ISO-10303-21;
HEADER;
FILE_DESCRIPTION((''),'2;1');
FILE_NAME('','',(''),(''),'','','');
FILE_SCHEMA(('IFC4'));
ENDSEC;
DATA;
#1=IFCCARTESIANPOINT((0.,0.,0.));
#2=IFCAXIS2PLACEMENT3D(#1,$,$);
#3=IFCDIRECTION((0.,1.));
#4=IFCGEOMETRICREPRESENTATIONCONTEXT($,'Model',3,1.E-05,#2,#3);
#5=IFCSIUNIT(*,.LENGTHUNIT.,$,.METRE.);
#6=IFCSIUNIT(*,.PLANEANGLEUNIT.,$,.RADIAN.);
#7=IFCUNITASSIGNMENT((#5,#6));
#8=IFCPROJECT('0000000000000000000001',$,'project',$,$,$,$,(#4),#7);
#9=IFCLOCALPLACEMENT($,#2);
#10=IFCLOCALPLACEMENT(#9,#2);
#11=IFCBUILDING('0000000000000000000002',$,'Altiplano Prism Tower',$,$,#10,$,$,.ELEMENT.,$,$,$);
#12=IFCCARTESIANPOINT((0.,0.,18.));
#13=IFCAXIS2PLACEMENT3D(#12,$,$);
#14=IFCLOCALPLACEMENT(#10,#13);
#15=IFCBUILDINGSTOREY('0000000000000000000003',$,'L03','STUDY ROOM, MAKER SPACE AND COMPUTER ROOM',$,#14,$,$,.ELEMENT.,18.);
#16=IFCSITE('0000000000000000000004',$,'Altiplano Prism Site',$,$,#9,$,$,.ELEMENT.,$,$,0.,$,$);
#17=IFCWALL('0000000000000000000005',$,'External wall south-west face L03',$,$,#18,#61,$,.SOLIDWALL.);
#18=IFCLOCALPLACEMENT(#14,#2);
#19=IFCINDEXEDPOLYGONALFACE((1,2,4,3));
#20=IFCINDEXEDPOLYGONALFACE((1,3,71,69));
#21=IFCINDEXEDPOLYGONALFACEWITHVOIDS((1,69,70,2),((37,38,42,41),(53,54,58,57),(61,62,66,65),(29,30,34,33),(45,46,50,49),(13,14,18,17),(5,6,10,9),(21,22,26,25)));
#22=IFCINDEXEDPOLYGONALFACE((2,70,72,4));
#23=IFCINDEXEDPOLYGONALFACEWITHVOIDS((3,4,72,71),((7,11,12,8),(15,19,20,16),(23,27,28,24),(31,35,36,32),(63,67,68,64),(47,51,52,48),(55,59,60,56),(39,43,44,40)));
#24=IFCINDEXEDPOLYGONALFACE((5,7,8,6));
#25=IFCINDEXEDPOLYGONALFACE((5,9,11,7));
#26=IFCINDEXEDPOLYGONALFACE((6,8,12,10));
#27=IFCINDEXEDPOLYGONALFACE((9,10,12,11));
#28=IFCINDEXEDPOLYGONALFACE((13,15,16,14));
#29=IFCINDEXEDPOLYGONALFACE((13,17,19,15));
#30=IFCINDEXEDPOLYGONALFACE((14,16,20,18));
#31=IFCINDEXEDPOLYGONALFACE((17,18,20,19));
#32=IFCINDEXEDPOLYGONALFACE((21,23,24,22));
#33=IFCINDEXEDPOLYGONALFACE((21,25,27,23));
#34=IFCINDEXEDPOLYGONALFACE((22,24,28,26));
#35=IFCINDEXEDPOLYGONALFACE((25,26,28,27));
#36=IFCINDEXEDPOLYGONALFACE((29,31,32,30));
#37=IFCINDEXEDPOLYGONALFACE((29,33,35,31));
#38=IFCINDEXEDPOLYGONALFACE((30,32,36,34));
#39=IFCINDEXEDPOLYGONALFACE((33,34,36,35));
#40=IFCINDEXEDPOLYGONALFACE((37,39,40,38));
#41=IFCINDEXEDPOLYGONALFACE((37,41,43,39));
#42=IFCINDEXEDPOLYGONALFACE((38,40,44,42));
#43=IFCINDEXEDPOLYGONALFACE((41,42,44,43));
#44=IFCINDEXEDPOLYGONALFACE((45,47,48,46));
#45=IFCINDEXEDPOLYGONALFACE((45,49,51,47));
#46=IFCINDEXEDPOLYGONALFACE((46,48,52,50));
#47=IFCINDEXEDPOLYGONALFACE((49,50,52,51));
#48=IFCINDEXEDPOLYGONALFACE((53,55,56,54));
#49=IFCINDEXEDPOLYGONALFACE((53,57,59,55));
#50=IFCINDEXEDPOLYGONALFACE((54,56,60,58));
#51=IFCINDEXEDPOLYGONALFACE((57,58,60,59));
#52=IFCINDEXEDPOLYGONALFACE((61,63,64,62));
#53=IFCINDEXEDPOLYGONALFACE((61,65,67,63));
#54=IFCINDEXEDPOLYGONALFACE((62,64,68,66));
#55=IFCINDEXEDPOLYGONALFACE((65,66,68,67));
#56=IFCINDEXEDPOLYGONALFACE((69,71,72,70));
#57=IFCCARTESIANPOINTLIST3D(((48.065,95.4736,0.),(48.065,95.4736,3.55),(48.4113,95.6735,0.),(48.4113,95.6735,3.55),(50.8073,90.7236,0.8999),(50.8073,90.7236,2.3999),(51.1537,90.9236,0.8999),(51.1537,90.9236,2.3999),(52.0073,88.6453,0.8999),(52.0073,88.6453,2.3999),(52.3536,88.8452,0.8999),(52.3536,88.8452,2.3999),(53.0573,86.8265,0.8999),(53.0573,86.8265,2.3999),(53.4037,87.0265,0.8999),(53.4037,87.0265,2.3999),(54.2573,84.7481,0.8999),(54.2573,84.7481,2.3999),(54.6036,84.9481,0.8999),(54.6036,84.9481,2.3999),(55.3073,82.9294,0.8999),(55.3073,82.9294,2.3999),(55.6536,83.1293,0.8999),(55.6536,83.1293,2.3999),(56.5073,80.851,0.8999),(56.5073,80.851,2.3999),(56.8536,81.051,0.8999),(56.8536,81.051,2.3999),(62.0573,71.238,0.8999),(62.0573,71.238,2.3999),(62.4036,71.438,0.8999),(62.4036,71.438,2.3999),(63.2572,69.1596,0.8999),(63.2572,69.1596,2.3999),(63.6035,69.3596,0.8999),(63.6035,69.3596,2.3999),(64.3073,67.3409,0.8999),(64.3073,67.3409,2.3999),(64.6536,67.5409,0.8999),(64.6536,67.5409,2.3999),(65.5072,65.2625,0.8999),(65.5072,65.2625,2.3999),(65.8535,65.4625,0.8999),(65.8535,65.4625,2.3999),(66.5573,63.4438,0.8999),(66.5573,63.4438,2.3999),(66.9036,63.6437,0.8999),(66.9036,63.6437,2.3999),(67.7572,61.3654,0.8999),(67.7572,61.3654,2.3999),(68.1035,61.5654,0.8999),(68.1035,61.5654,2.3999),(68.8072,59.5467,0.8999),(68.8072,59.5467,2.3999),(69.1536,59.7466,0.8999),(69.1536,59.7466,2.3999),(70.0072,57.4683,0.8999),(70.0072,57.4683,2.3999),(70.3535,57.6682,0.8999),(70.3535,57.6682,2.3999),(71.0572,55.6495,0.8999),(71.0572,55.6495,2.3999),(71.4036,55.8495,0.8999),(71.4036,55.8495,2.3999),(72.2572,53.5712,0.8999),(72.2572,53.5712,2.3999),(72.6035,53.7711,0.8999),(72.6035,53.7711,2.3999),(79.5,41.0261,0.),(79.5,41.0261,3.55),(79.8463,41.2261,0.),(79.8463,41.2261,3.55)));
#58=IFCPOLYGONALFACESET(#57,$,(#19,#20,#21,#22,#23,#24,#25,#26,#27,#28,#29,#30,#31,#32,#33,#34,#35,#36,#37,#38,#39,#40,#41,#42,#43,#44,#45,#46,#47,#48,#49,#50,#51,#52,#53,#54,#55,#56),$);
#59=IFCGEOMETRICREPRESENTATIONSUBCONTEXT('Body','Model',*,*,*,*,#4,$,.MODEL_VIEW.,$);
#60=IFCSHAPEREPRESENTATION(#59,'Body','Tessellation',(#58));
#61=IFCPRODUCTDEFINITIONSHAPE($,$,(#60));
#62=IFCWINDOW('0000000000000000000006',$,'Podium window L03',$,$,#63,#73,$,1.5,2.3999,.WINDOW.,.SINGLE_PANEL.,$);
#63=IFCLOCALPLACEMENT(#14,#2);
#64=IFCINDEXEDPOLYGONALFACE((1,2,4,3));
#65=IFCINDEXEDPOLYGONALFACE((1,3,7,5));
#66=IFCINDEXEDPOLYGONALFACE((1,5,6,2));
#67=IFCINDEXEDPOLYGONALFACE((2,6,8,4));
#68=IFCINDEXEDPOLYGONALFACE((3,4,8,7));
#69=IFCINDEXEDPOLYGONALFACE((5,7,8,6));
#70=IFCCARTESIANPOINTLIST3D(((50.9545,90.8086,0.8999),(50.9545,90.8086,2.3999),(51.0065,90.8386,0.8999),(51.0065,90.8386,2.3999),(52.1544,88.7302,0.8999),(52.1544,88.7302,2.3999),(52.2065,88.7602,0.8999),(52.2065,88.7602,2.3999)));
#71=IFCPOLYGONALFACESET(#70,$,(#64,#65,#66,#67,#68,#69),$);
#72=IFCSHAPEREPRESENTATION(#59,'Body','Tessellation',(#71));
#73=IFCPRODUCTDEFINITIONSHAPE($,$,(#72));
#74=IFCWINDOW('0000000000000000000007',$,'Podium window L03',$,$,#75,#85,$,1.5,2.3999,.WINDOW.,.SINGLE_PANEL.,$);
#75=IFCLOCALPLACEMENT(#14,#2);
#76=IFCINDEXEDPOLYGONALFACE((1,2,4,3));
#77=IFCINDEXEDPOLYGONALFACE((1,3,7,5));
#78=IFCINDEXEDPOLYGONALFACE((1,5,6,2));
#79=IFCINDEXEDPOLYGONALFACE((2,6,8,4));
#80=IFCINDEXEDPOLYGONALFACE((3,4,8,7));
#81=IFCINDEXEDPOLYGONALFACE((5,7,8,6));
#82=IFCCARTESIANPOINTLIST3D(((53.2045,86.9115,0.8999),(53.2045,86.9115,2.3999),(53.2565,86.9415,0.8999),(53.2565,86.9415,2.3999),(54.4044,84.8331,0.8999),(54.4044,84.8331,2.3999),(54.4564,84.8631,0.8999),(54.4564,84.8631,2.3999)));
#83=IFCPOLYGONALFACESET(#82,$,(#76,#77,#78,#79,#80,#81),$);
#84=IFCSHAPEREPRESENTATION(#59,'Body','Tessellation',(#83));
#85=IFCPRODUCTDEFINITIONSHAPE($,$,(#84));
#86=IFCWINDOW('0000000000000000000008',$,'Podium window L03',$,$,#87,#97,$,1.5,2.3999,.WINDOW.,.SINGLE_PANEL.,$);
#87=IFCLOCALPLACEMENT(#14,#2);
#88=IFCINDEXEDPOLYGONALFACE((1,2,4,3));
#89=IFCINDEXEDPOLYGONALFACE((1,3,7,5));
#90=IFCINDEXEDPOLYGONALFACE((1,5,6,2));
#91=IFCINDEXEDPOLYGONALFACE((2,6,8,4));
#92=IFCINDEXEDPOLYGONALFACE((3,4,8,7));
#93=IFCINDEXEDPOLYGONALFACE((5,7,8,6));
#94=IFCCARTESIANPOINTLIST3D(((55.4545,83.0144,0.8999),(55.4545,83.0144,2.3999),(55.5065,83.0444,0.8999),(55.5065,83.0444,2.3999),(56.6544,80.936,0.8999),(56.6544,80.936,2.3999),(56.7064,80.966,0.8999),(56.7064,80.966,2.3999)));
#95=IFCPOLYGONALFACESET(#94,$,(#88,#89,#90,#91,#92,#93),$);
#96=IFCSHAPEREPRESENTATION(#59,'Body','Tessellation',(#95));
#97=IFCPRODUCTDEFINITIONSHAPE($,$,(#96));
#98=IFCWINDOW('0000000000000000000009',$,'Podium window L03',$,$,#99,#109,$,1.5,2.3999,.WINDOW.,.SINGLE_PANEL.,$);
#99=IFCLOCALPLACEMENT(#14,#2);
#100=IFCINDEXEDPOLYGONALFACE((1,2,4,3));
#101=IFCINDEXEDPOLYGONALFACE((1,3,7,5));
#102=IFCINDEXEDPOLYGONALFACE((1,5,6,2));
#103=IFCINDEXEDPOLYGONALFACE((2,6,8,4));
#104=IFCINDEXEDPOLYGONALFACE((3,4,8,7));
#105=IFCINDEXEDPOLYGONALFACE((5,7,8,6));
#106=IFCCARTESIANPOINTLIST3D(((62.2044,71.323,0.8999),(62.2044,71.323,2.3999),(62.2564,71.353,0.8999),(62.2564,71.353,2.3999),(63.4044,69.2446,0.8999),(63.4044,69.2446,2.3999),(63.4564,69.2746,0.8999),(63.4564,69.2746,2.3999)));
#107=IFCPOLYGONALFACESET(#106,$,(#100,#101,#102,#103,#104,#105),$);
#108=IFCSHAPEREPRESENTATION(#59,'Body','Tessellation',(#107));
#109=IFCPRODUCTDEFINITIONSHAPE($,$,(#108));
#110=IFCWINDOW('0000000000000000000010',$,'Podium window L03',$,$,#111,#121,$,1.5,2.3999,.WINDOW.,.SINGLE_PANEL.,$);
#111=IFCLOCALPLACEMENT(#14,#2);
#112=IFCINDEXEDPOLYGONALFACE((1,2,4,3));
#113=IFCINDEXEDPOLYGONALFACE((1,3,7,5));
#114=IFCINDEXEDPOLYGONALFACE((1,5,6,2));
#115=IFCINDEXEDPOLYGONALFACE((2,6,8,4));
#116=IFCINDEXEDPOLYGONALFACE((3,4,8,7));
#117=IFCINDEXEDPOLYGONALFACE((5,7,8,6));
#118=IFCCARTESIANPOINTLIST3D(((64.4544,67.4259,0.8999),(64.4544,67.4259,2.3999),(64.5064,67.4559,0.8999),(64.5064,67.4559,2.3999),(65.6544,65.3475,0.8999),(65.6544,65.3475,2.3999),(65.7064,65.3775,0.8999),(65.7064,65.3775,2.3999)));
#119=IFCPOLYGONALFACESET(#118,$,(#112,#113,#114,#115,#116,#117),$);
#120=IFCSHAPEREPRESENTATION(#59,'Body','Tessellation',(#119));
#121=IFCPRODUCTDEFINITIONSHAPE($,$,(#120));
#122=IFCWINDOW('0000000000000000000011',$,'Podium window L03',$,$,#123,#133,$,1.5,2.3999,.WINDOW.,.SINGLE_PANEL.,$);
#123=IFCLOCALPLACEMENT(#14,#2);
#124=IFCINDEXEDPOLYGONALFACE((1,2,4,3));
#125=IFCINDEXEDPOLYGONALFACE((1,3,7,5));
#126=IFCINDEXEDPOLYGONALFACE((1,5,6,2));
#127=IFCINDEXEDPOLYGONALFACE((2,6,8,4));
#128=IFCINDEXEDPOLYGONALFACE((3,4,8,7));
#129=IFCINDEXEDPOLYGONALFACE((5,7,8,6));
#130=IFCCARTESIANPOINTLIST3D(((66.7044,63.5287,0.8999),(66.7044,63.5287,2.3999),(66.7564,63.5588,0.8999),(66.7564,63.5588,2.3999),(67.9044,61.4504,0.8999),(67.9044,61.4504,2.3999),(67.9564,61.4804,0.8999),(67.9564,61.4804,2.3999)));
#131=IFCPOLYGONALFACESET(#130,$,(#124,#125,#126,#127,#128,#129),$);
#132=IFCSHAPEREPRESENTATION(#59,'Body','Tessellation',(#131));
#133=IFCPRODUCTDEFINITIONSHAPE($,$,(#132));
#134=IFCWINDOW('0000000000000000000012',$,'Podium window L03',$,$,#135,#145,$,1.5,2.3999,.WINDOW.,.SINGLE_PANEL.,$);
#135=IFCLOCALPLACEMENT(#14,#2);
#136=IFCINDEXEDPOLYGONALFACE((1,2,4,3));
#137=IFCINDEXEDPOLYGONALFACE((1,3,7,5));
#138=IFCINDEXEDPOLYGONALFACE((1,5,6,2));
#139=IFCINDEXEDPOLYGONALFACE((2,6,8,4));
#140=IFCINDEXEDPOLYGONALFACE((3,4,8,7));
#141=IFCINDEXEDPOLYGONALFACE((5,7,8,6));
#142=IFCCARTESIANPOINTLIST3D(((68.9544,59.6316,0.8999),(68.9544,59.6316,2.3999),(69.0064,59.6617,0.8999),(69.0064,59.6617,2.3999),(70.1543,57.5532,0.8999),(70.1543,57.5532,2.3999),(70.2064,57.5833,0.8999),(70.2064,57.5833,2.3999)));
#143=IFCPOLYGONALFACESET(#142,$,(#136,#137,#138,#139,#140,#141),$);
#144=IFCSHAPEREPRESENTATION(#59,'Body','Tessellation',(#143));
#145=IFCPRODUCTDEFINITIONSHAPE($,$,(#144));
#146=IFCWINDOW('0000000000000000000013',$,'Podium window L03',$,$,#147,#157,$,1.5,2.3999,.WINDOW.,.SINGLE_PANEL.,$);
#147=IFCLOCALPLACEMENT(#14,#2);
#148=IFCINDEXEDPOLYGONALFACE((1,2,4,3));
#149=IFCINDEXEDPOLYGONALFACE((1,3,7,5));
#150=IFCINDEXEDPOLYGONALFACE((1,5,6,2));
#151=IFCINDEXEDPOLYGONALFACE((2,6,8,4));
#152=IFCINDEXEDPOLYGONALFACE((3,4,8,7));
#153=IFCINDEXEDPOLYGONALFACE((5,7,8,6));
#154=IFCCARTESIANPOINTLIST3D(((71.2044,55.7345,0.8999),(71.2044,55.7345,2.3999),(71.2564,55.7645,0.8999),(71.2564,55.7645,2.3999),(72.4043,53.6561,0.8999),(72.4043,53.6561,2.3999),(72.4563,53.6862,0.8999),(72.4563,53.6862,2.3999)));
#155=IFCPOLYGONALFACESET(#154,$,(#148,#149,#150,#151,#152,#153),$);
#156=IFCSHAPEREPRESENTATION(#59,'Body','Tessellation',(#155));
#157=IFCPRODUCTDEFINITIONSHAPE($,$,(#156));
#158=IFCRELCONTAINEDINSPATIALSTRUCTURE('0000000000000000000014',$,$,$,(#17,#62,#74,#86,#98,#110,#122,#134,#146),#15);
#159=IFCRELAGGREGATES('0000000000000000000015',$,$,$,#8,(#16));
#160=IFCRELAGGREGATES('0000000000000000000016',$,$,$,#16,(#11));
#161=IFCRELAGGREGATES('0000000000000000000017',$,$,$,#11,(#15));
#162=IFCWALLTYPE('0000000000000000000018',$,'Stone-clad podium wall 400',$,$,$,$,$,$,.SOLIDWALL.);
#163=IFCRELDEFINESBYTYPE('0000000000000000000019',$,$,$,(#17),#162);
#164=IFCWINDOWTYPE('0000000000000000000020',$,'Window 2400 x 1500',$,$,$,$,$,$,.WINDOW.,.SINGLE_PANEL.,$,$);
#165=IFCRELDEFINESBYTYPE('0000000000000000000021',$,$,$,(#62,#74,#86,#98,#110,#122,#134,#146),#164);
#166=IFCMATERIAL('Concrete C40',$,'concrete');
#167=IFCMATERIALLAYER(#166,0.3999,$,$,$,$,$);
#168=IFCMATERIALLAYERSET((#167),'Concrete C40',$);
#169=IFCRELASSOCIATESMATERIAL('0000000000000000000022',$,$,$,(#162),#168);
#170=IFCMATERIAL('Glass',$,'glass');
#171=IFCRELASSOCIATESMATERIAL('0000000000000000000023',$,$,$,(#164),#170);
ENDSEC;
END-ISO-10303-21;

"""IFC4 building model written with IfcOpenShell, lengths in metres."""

from ifc_helpers import new_model, si_unit, direction, frame, frame_2d, origin, place, context, subcontext, project, spatial, rectangle, extrude, material, layer, layer_set, type_object, element, fill, save


model = new_model("IFC4")

# Units and contexts
model_context = context("Model", 3, precision=1e-05, world=origin(), true_north=direction((0.0, 1.0)))
body_context = subcontext(model_context, "Body", "Model", "MODEL_VIEW")
ifc_project = project(units=[si_unit("LENGTHUNIT", "METRE"), si_unit("PLANEANGLEUNIT", "RADIAN")], contexts=[model_context])

# Site, building, storey
site_placement = place(None, origin())
site = spatial("IfcSite", under=ifc_project, at=site_placement, Name="Altiplano Prism Site", CompositionType="ELEMENT", RefElevation=0.0)
building_placement = place(site_placement, origin())
building = spatial("IfcBuilding", under=site, at=building_placement, Name="Altiplano Prism Tower", CompositionType="ELEMENT")
storey_placement = place(building_placement, frame((0.0, 0.0, 18.0)))
storey = spatial("IfcBuildingStorey", under=building, at=storey_placement, Name="L03", Description="STUDY ROOM, MAKER SPACE AND COMPUTER ROOM", CompositionType="ELEMENT", Elevation=18.0)

# Wall, openings, windows
ifc_material_1 = material(Name="Concrete C40", Category="concrete")
ifc_layer_1 = layer(ifc_material_1, 0.3999)
ifc_layer_set_1 = layer_set([ifc_layer_1], Name="Concrete C40")
wall_type_1 = type_object("IfcWallType", Name="Stone-clad podium wall 400", PredefinedType="SOLIDWALL", material=ifc_layer_set_1)
wall_1_placement = place(storey_placement, frame((79.6731, 41.1262, 0.0), z_axis=(0.0, 0.0, 1.0), x_axis=(-0.499997, 0.866027, 0.0)))
wall_1 = element("IfcWall", 1, at=wall_1_placement, inside=storey, type_object=wall_type_1, Name="External wall south-west face L03", PredefinedType="SOLIDWALL", context=body_context, shape_type="SweptSolid", body=[
    extrude(rectangle(XDim=62.8704, YDim=0.3999, at=frame_2d((31.4351, 0.0))), origin(), (0.0, 0.0, 1.0), 3.55),
])
opening_1_placement = place(wall_1_placement, frame((54.9856, 0.0, 0.8999)))
opening_1 = element("IfcOpeningElement", 2, at=opening_1_placement, cuts=wall_1, PredefinedType="OPENING", context=body_context, shape_type="SweptSolid", body=[
    extrude(rectangle(XDim=2.3999, YDim=1.5, at=frame_2d((1.2, 0.75))), frame((0.0, 0.2104, 0.0), z_axis=(0.0, -1.0, 0.0), x_axis=(1.0, 0.0, 0.0)), (0.0, 0.0, 1.0), 0.4209),
])
opening_2_placement = place(wall_1_placement, frame((50.4856, 0.0, 0.8999)))
opening_2 = element("IfcOpeningElement", 3, at=opening_2_placement, cuts=wall_1, PredefinedType="OPENING", context=body_context, shape_type="SweptSolid", body=[
    extrude(rectangle(XDim=2.3999, YDim=1.5, at=frame_2d((1.2, 0.75))), frame((0.0, 0.2104, 0.0), z_axis=(0.0, -1.0, 0.0), x_axis=(1.0, 0.0, 0.0)), (0.0, 0.0, 1.0), 0.4209),
])
opening_3_placement = place(wall_1_placement, frame((45.9856, 0.0, 0.8999)))
opening_3 = element("IfcOpeningElement", 4, at=opening_3_placement, cuts=wall_1, PredefinedType="OPENING", context=body_context, shape_type="SweptSolid", body=[
    extrude(rectangle(XDim=2.3999, YDim=1.5, at=frame_2d((1.2, 0.75))), frame((0.0, 0.2104, 0.0), z_axis=(0.0, -1.0, 0.0), x_axis=(1.0, 0.0, 0.0)), (0.0, 0.0, 1.0), 0.4209),
])
opening_4_placement = place(wall_1_placement, frame((32.4856, 0.0, 0.8999)))
opening_4 = element("IfcOpeningElement", 5, at=opening_4_placement, cuts=wall_1, PredefinedType="OPENING", context=body_context, shape_type="SweptSolid", body=[
    extrude(rectangle(XDim=2.3999, YDim=1.5, at=frame_2d((1.2, 0.75))), frame((0.0, 0.2104, 0.0), z_axis=(0.0, -1.0, 0.0), x_axis=(1.0, 0.0, 0.0)), (0.0, 0.0, 1.0), 0.4209),
])
opening_5_placement = place(wall_1_placement, frame((27.9856, 0.0, 0.8999)))
opening_5 = element("IfcOpeningElement", 6, at=opening_5_placement, cuts=wall_1, PredefinedType="OPENING", context=body_context, shape_type="SweptSolid", body=[
    extrude(rectangle(XDim=2.3999, YDim=1.5, at=frame_2d((1.2, 0.75))), frame((0.0, 0.2104, 0.0), z_axis=(0.0, -1.0, 0.0), x_axis=(1.0, 0.0, 0.0)), (0.0, 0.0, 1.0), 0.4209),
])
opening_6_placement = place(wall_1_placement, frame((23.4856, 0.0, 0.8999)))
opening_6 = element("IfcOpeningElement", 7, at=opening_6_placement, cuts=wall_1, PredefinedType="OPENING", context=body_context, shape_type="SweptSolid", body=[
    extrude(rectangle(XDim=2.3999, YDim=1.5, at=frame_2d((1.2, 0.75))), frame((0.0, 0.2104, 0.0), z_axis=(0.0, -1.0, 0.0), x_axis=(1.0, 0.0, 0.0)), (0.0, 0.0, 1.0), 0.4209),
])
opening_7_placement = place(wall_1_placement, frame((18.9856, 0.0, 0.8999)))
opening_7 = element("IfcOpeningElement", 8, at=opening_7_placement, cuts=wall_1, PredefinedType="OPENING", context=body_context, shape_type="SweptSolid", body=[
    extrude(rectangle(XDim=2.3999, YDim=1.5, at=frame_2d((1.2, 0.75))), frame((0.0, 0.2104, 0.0), z_axis=(0.0, -1.0, 0.0), x_axis=(1.0, 0.0, 0.0)), (0.0, 0.0, 1.0), 0.4209),
])
opening_8_placement = place(wall_1_placement, frame((14.4856, 0.0, 0.8999)))
opening_8 = element("IfcOpeningElement", 9, at=opening_8_placement, cuts=wall_1, PredefinedType="OPENING", context=body_context, shape_type="SweptSolid", body=[
    extrude(rectangle(XDim=2.3999, YDim=1.5, at=frame_2d((1.2, 0.75))), frame((0.0, 0.2104, 0.0), z_axis=(0.0, -1.0, 0.0), x_axis=(1.0, 0.0, 0.0)), (0.0, 0.0, 1.0), 0.4209),
])
ifc_material_2 = material(Name="Glass", Category="glass")
window_type = type_object("IfcWindowType", Name="Window 2400 x 1500", PartitioningType="SINGLE_PANEL", PredefinedType="WINDOW", material=ifc_material_2)
window_1_placement = place(opening_1_placement, origin())
window_1 = element("IfcWindow", 10, at=window_1_placement, inside=storey, type_object=window_type, Name="Podium window L03", OverallHeight=1.5, OverallWidth=2.3999, PartitioningType="SINGLE_PANEL", PredefinedType="WINDOW", context=body_context, shape_type="SweptSolid", body=[
    extrude(rectangle(XDim=2.3999, YDim=1.5, at=frame_2d((1.2, 0.75))), frame((0.0, 0.03, 0.0), z_axis=(0.0, -1.0, 0.0), x_axis=(1.0, 0.0, 0.0)), (0.0, 0.0, 1.0), 0.0601),
])
fill(opening_1, window_1)
window_2_placement = place(opening_2_placement, origin())
window_2 = element("IfcWindow", 11, at=window_2_placement, inside=storey, type_object=window_type, Name="Podium window L03", OverallHeight=1.5, OverallWidth=2.3999, PartitioningType="SINGLE_PANEL", PredefinedType="WINDOW", context=body_context, shape_type="SweptSolid", body=[
    extrude(rectangle(XDim=2.3999, YDim=1.5, at=frame_2d((1.2, 0.75))), frame((0.0, 0.03, 0.0), z_axis=(0.0, -1.0, 0.0), x_axis=(1.0, 0.0, 0.0)), (0.0, 0.0, 1.0), 0.0601),
])
fill(opening_2, window_2)
window_3_placement = place(opening_3_placement, origin())
window_3 = element("IfcWindow", 12, at=window_3_placement, inside=storey, type_object=window_type, Name="Podium window L03", OverallHeight=1.5, OverallWidth=2.3999, PartitioningType="SINGLE_PANEL", PredefinedType="WINDOW", context=body_context, shape_type="SweptSolid", body=[
    extrude(rectangle(XDim=2.3999, YDim=1.5, at=frame_2d((1.2, 0.75))), frame((0.0, 0.03, 0.0), z_axis=(0.0, -1.0, 0.0), x_axis=(1.0, 0.0, 0.0)), (0.0, 0.0, 1.0), 0.0601),
])
fill(opening_3, window_3)
window_4_placement = place(opening_4_placement, origin())
window_4 = element("IfcWindow", 13, at=window_4_placement, inside=storey, type_object=window_type, Name="Podium window L03", OverallHeight=1.5, OverallWidth=2.3999, PartitioningType="SINGLE_PANEL", PredefinedType="WINDOW", context=body_context, shape_type="SweptSolid", body=[
    extrude(rectangle(XDim=2.3999, YDim=1.5, at=frame_2d((1.2, 0.75))), frame((0.0, 0.03, 0.0), z_axis=(0.0, -1.0, 0.0), x_axis=(1.0, 0.0, 0.0)), (0.0, 0.0, 1.0), 0.0601),
])
fill(opening_4, window_4)
window_5_placement = place(opening_5_placement, origin())
window_5 = element("IfcWindow", 14, at=window_5_placement, inside=storey, type_object=window_type, Name="Podium window L03", OverallHeight=1.5, OverallWidth=2.3999, PartitioningType="SINGLE_PANEL", PredefinedType="WINDOW", context=body_context, shape_type="SweptSolid", body=[
    extrude(rectangle(XDim=2.3999, YDim=1.5, at=frame_2d((1.2, 0.75))), frame((0.0, 0.03, 0.0), z_axis=(0.0, -1.0, 0.0), x_axis=(1.0, 0.0, 0.0)), (0.0, 0.0, 1.0), 0.0601),
])
fill(opening_5, window_5)
window_6_placement = place(opening_6_placement, origin())
window_6 = element("IfcWindow", 15, at=window_6_placement, inside=storey, type_object=window_type, Name="Podium window L03", OverallHeight=1.5, OverallWidth=2.3999, PartitioningType="SINGLE_PANEL", PredefinedType="WINDOW", context=body_context, shape_type="SweptSolid", body=[
    extrude(rectangle(XDim=2.3999, YDim=1.5, at=frame_2d((1.2, 0.75))), frame((0.0, 0.03, 0.0), z_axis=(0.0, -1.0, 0.0), x_axis=(1.0, 0.0, 0.0)), (0.0, 0.0, 1.0), 0.0601),
])
fill(opening_6, window_6)
window_7_placement = place(opening_7_placement, origin())
window_7 = element("IfcWindow", 16, at=window_7_placement, inside=storey, type_object=window_type, Name="Podium window L03", OverallHeight=1.5, OverallWidth=2.3999, PartitioningType="SINGLE_PANEL", PredefinedType="WINDOW", context=body_context, shape_type="SweptSolid", body=[
    extrude(rectangle(XDim=2.3999, YDim=1.5, at=frame_2d((1.2, 0.75))), frame((0.0, 0.03, 0.0), z_axis=(0.0, -1.0, 0.0), x_axis=(1.0, 0.0, 0.0)), (0.0, 0.0, 1.0), 0.0601),
])
fill(opening_7, window_7)
window_8_placement = place(opening_8_placement, origin())
window_8 = element("IfcWindow", 17, at=window_8_placement, inside=storey, type_object=window_type, Name="Podium window L03", OverallHeight=1.5, OverallWidth=2.3999, PartitioningType="SINGLE_PANEL", PredefinedType="WINDOW", context=body_context, shape_type="SweptSolid", body=[
    extrude(rectangle(XDim=2.3999, YDim=1.5, at=frame_2d((1.2, 0.75))), frame((0.0, 0.03, 0.0), z_axis=(0.0, -1.0, 0.0), x_axis=(1.0, 0.0, 0.0)), (0.0, 0.0, 1.0), 0.0601),
])
fill(opening_8, window_8)

save(model, "model.ifc")
